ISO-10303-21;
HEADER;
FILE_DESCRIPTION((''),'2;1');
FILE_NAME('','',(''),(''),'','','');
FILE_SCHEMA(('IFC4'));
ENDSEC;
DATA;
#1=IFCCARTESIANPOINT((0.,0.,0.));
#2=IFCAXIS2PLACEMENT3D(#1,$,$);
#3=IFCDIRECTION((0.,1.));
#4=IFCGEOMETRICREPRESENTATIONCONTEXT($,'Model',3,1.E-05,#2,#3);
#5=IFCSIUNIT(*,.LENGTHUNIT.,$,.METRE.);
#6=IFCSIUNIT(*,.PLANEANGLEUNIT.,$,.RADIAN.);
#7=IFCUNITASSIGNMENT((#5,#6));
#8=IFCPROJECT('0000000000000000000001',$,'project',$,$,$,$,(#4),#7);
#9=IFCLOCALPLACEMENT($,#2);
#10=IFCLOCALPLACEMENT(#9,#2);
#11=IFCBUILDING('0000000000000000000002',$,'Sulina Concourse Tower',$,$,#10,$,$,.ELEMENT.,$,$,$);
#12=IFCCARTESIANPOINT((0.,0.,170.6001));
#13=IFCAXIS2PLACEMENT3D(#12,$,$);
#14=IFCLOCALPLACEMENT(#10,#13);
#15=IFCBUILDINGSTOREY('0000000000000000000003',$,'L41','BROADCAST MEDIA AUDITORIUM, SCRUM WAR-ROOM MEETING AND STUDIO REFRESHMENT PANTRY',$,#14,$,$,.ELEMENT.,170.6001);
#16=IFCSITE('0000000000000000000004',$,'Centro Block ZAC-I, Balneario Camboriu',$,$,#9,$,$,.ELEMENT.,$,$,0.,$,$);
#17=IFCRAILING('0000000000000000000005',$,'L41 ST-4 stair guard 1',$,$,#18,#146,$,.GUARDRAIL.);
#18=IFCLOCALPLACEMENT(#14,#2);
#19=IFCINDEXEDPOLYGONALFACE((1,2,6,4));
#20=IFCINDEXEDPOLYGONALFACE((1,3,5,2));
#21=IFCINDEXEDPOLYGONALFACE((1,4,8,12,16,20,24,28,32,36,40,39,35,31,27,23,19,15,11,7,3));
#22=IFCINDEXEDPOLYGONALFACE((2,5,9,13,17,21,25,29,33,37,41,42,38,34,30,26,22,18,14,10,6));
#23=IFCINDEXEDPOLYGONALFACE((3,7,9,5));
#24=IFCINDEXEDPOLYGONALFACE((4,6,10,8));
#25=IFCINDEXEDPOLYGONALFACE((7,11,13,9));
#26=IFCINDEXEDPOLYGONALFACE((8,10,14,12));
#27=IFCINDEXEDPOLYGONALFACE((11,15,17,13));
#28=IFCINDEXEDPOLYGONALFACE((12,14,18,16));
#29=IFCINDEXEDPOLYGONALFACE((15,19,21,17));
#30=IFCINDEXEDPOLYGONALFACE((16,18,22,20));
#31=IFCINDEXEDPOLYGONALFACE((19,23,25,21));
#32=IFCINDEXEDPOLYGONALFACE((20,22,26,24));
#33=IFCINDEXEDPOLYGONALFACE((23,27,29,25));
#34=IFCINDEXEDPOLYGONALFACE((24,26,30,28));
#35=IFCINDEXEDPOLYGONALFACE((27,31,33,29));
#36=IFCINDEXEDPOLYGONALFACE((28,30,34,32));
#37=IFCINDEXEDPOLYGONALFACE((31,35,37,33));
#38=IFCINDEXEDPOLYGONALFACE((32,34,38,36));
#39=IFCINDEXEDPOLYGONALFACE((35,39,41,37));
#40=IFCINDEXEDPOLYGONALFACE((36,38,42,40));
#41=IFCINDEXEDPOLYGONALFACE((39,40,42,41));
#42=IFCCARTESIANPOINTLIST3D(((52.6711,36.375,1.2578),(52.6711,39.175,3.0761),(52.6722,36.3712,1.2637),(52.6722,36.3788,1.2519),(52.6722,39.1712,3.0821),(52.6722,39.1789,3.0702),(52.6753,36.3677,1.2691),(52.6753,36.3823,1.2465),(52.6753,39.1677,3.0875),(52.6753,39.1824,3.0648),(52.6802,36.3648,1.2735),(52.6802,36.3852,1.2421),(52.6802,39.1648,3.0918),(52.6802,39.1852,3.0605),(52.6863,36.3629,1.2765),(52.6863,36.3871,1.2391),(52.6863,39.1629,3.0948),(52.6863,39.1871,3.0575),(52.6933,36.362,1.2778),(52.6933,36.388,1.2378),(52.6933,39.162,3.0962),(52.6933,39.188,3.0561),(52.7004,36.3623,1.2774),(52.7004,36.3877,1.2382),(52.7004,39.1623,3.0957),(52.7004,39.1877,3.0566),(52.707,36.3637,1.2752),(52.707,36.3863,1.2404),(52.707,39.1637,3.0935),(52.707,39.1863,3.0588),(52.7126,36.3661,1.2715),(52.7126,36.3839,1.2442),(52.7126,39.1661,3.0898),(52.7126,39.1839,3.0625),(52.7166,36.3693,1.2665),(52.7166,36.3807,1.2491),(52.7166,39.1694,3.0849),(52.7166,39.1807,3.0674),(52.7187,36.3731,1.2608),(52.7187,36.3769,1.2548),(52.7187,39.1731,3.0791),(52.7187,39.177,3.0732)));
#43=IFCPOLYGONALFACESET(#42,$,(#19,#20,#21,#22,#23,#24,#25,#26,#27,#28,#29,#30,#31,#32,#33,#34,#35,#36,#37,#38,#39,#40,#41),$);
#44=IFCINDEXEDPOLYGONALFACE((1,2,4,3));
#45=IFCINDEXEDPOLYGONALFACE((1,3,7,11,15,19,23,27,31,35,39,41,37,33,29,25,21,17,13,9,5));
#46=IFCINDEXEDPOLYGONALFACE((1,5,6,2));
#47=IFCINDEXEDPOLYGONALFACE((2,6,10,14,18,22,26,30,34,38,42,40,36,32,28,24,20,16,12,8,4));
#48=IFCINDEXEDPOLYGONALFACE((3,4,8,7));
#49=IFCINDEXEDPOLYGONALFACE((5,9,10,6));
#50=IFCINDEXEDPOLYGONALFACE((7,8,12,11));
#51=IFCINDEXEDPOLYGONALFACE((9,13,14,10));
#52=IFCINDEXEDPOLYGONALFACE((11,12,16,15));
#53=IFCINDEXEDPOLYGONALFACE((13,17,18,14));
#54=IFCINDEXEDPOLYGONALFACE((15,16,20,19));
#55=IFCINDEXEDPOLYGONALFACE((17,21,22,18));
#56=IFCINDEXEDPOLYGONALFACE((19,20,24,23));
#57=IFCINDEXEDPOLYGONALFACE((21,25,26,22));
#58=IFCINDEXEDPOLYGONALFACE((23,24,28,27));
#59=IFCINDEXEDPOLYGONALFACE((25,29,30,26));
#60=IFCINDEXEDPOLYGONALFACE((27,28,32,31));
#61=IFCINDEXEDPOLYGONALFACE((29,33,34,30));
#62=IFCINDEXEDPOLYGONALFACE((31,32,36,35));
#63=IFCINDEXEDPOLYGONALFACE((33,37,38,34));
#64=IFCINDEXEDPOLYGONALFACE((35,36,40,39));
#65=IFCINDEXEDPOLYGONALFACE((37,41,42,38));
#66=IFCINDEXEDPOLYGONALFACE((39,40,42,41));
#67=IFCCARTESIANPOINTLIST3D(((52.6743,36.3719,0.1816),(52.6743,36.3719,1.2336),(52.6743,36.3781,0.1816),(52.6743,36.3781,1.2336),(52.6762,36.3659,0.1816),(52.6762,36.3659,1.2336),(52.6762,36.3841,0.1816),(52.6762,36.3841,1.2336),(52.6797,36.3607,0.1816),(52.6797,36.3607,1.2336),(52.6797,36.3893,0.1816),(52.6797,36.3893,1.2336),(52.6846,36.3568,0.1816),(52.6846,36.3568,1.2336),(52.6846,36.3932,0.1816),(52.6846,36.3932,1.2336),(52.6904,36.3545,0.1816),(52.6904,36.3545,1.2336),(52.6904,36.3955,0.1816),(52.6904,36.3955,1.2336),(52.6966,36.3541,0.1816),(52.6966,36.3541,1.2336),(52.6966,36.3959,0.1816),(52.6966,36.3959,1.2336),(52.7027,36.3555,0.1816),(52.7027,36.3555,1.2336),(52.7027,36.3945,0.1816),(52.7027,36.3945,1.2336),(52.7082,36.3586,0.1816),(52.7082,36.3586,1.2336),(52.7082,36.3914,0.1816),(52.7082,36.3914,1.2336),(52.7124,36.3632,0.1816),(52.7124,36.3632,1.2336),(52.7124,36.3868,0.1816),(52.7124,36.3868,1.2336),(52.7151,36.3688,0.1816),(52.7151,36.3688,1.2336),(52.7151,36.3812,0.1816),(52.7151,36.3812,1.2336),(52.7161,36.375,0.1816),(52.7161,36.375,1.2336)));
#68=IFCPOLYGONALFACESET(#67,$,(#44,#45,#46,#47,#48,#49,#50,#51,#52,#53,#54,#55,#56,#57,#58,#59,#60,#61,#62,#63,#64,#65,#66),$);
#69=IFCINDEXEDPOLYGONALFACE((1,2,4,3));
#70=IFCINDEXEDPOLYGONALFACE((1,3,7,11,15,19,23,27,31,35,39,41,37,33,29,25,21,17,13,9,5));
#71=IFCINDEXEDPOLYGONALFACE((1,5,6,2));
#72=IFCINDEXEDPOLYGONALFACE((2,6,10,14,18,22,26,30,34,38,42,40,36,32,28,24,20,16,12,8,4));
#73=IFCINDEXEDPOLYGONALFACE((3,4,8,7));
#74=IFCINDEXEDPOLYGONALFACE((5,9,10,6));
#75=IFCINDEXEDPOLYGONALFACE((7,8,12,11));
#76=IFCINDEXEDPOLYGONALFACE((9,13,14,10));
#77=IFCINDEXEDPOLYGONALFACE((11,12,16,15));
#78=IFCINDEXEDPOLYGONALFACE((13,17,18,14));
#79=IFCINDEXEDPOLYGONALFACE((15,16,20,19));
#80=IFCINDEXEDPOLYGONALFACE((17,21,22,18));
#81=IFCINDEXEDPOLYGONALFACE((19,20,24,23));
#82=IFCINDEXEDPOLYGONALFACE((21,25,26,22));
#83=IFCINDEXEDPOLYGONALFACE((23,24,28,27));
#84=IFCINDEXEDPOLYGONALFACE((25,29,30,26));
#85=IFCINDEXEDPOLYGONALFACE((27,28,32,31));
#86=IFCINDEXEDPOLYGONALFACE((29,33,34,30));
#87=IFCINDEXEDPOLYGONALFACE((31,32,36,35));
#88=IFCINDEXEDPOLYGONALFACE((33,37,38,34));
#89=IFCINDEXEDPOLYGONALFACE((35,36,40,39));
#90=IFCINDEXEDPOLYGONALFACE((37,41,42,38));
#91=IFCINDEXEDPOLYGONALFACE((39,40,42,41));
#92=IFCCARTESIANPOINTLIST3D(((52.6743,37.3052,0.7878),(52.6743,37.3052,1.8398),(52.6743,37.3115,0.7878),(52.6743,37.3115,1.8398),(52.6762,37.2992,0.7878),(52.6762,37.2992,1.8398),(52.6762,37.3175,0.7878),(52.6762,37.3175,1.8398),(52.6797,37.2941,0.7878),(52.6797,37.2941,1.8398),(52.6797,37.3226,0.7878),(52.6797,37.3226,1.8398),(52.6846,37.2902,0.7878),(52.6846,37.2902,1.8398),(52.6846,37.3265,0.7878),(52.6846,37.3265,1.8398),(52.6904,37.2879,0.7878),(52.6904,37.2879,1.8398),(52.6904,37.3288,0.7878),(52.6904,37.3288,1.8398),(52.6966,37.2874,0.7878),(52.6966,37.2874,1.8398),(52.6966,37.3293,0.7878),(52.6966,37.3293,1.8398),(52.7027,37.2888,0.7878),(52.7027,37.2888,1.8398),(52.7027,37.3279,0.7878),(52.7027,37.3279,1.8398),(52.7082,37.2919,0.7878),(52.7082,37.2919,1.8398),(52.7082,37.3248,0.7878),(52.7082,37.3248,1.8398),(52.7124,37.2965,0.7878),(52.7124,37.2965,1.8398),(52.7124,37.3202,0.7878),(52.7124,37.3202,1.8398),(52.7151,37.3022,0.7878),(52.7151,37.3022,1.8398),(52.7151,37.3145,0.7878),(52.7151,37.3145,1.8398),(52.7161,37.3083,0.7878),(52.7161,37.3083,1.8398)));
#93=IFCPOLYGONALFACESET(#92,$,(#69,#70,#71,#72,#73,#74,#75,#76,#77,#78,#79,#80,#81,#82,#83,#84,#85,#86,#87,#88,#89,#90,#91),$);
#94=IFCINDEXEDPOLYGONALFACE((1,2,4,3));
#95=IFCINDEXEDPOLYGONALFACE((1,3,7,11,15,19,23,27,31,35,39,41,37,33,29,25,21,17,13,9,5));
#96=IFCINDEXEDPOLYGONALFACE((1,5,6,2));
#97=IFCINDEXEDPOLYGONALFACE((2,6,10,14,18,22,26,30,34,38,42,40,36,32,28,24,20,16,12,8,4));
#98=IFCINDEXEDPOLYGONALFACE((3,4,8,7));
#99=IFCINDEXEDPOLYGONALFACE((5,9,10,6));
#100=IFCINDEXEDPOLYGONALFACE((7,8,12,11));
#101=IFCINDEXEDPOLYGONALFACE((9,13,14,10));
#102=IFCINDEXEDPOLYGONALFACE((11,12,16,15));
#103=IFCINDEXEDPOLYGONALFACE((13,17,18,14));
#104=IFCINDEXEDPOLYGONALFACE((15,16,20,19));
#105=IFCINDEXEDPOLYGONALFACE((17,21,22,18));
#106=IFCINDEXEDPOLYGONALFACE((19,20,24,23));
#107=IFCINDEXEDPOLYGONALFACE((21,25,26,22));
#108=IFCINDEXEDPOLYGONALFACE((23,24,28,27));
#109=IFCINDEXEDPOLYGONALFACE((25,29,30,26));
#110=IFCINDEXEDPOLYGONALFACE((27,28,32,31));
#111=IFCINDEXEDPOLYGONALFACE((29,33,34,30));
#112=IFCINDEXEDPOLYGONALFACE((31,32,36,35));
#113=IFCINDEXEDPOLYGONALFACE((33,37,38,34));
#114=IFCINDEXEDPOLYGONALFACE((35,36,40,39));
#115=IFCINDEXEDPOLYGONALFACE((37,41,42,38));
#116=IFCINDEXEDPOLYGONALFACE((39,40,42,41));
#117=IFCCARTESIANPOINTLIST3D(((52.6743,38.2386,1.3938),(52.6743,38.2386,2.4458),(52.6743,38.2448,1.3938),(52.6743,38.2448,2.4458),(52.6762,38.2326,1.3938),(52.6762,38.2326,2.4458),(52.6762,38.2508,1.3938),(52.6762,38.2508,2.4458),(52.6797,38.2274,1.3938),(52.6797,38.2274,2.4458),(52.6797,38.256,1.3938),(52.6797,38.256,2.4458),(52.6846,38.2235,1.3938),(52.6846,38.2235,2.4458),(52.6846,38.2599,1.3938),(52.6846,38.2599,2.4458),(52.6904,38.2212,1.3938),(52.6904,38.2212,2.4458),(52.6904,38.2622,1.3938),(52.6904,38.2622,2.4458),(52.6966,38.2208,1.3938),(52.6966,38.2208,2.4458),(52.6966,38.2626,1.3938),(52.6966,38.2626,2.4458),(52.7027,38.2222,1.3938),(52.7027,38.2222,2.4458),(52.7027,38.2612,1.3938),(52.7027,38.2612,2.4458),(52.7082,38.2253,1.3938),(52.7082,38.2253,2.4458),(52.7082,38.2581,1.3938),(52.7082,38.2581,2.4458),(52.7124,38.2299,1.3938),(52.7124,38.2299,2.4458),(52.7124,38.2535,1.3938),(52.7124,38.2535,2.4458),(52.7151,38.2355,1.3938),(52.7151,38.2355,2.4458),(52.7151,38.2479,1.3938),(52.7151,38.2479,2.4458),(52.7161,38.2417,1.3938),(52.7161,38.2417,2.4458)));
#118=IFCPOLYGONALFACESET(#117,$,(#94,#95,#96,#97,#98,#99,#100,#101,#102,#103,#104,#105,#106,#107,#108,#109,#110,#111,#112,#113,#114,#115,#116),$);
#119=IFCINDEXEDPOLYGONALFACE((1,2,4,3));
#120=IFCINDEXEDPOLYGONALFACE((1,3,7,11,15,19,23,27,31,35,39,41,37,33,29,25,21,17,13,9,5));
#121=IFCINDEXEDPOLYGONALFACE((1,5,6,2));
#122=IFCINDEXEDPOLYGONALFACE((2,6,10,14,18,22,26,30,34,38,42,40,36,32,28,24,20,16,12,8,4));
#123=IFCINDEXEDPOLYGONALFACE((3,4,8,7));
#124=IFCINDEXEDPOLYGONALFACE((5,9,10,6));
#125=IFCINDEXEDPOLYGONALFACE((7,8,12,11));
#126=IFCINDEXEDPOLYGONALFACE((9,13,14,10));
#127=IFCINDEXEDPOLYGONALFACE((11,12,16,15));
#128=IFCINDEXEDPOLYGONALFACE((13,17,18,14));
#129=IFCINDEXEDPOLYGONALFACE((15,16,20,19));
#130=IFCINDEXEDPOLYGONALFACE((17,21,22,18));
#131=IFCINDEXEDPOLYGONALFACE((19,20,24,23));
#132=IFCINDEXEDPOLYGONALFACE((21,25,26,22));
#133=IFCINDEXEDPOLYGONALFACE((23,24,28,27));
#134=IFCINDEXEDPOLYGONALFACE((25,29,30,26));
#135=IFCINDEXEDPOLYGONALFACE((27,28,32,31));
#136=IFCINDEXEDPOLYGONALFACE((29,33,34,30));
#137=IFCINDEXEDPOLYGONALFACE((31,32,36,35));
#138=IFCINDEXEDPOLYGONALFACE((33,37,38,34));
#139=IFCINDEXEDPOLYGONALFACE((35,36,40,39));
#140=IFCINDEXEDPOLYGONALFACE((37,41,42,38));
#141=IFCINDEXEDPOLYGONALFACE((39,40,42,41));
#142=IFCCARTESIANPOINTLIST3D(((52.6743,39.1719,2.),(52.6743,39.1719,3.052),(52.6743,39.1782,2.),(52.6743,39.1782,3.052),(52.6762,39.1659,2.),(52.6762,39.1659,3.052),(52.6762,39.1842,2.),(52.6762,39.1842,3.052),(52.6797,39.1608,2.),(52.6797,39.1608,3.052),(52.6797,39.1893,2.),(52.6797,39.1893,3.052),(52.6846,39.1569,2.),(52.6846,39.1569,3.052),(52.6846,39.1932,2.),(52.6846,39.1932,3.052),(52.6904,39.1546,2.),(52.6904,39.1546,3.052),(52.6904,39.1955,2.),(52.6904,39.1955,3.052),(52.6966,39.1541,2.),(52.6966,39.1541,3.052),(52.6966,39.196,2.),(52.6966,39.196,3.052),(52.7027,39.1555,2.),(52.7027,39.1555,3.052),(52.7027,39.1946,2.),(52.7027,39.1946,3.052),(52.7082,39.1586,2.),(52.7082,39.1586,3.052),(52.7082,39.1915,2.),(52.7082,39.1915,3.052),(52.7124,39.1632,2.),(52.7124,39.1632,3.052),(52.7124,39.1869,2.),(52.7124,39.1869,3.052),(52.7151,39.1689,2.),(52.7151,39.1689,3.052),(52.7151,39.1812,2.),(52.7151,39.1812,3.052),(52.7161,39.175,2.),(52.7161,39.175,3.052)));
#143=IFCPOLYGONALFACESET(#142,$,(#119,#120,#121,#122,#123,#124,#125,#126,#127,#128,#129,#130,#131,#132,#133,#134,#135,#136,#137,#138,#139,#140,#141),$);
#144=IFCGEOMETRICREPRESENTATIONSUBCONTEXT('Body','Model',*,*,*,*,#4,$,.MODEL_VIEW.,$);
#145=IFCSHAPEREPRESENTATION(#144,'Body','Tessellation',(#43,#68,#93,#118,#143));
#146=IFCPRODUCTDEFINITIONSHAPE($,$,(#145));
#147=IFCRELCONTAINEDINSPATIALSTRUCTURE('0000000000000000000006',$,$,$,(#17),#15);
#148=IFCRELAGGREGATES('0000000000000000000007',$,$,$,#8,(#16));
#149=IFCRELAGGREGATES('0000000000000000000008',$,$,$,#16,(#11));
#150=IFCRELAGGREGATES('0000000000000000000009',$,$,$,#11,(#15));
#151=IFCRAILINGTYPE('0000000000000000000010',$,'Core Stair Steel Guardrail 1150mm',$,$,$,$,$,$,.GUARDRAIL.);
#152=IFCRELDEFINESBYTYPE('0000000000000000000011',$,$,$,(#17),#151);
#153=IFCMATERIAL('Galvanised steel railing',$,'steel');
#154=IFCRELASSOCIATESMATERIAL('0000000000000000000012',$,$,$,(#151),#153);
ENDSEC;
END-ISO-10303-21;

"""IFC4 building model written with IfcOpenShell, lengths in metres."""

from ifc_helpers import new_model, si_unit, direction, frame, origin, origin_2d, place, context, subcontext, project, spatial, circle, extrude, material, type_object, element, save


model = new_model("IFC4")

# Units and contexts
model_context = context("Model", 3, precision=1e-05, world=origin(), true_north=direction((0.0, 1.0)))
body_context = subcontext(model_context, "Body", "Model", "MODEL_VIEW")
ifc_project = project(units=[si_unit("LENGTHUNIT", "METRE"), si_unit("PLANEANGLEUNIT", "RADIAN")], contexts=[model_context])

# Site, building, storey
site_placement = place(None, origin())
site = spatial("IfcSite", under=ifc_project, at=site_placement, Name="Centro Block ZAC-I, Balneario Camboriu", CompositionType="ELEMENT", RefElevation=0.0)
building_placement = place(site_placement, origin())
building = spatial("IfcBuilding", under=site, at=building_placement, Name="Sulina Concourse Tower", CompositionType="ELEMENT")
storey_placement = place(building_placement, frame((0.0, 0.0, 170.6001)))
storey = spatial("IfcBuildingStorey", under=building, at=storey_placement, Name="L41", Description="BROADCAST MEDIA AUDITORIUM, SCRUM WAR-ROOM MEETING AND STUDIO REFRESHMENT PANTRY", CompositionType="ELEMENT", Elevation=170.6001)

# Railing
ifc_material_1 = material(Name="Galvanised steel railing", Category="steel")
railing_type_1 = type_object("IfcRailingType", Name="Core Stair Steel Guardrail 1150mm", PredefinedType="GUARDRAIL", material=ifc_material_1)
railing_1_placement = place(storey_placement, frame((52.6951, 36.375, 0.1816)))
element("IfcRailing", 1, at=railing_1_placement, inside=storey, type_object=railing_type_1, Name="L41 ST-4 stair guard 1", PredefinedType="GUARDRAIL", context=body_context, shape_type="SweptSolid", body=[
    extrude(circle(Radius=0.0239, at=origin_2d()), frame((0.0, 0.0, 1.0762), z_axis=(0.0, 0.838672, 0.544636), x_axis=(-1.0, 0.0, 0.0)), (0.0, 0.0, 1.0), 3.3386),
    extrude(circle(Radius=0.021, at=origin_2d()), origin(), (0.0, 0.0, 1.0), 1.052),
    extrude(circle(Radius=0.021, at=origin_2d()), frame((0.0, 0.9333, 0.6062)), (0.0, 0.0, 1.0), 1.052),
    extrude(circle(Radius=0.021, at=origin_2d()), frame((0.0, 1.8667, 1.2122)), (0.0, 0.0, 1.0), 1.052),
    extrude(circle(Radius=0.021, at=origin_2d()), frame((0.0, 2.8, 1.8184)), (0.0, 0.0, 1.0), 1.052),
])

save(model, "model.ifc")
